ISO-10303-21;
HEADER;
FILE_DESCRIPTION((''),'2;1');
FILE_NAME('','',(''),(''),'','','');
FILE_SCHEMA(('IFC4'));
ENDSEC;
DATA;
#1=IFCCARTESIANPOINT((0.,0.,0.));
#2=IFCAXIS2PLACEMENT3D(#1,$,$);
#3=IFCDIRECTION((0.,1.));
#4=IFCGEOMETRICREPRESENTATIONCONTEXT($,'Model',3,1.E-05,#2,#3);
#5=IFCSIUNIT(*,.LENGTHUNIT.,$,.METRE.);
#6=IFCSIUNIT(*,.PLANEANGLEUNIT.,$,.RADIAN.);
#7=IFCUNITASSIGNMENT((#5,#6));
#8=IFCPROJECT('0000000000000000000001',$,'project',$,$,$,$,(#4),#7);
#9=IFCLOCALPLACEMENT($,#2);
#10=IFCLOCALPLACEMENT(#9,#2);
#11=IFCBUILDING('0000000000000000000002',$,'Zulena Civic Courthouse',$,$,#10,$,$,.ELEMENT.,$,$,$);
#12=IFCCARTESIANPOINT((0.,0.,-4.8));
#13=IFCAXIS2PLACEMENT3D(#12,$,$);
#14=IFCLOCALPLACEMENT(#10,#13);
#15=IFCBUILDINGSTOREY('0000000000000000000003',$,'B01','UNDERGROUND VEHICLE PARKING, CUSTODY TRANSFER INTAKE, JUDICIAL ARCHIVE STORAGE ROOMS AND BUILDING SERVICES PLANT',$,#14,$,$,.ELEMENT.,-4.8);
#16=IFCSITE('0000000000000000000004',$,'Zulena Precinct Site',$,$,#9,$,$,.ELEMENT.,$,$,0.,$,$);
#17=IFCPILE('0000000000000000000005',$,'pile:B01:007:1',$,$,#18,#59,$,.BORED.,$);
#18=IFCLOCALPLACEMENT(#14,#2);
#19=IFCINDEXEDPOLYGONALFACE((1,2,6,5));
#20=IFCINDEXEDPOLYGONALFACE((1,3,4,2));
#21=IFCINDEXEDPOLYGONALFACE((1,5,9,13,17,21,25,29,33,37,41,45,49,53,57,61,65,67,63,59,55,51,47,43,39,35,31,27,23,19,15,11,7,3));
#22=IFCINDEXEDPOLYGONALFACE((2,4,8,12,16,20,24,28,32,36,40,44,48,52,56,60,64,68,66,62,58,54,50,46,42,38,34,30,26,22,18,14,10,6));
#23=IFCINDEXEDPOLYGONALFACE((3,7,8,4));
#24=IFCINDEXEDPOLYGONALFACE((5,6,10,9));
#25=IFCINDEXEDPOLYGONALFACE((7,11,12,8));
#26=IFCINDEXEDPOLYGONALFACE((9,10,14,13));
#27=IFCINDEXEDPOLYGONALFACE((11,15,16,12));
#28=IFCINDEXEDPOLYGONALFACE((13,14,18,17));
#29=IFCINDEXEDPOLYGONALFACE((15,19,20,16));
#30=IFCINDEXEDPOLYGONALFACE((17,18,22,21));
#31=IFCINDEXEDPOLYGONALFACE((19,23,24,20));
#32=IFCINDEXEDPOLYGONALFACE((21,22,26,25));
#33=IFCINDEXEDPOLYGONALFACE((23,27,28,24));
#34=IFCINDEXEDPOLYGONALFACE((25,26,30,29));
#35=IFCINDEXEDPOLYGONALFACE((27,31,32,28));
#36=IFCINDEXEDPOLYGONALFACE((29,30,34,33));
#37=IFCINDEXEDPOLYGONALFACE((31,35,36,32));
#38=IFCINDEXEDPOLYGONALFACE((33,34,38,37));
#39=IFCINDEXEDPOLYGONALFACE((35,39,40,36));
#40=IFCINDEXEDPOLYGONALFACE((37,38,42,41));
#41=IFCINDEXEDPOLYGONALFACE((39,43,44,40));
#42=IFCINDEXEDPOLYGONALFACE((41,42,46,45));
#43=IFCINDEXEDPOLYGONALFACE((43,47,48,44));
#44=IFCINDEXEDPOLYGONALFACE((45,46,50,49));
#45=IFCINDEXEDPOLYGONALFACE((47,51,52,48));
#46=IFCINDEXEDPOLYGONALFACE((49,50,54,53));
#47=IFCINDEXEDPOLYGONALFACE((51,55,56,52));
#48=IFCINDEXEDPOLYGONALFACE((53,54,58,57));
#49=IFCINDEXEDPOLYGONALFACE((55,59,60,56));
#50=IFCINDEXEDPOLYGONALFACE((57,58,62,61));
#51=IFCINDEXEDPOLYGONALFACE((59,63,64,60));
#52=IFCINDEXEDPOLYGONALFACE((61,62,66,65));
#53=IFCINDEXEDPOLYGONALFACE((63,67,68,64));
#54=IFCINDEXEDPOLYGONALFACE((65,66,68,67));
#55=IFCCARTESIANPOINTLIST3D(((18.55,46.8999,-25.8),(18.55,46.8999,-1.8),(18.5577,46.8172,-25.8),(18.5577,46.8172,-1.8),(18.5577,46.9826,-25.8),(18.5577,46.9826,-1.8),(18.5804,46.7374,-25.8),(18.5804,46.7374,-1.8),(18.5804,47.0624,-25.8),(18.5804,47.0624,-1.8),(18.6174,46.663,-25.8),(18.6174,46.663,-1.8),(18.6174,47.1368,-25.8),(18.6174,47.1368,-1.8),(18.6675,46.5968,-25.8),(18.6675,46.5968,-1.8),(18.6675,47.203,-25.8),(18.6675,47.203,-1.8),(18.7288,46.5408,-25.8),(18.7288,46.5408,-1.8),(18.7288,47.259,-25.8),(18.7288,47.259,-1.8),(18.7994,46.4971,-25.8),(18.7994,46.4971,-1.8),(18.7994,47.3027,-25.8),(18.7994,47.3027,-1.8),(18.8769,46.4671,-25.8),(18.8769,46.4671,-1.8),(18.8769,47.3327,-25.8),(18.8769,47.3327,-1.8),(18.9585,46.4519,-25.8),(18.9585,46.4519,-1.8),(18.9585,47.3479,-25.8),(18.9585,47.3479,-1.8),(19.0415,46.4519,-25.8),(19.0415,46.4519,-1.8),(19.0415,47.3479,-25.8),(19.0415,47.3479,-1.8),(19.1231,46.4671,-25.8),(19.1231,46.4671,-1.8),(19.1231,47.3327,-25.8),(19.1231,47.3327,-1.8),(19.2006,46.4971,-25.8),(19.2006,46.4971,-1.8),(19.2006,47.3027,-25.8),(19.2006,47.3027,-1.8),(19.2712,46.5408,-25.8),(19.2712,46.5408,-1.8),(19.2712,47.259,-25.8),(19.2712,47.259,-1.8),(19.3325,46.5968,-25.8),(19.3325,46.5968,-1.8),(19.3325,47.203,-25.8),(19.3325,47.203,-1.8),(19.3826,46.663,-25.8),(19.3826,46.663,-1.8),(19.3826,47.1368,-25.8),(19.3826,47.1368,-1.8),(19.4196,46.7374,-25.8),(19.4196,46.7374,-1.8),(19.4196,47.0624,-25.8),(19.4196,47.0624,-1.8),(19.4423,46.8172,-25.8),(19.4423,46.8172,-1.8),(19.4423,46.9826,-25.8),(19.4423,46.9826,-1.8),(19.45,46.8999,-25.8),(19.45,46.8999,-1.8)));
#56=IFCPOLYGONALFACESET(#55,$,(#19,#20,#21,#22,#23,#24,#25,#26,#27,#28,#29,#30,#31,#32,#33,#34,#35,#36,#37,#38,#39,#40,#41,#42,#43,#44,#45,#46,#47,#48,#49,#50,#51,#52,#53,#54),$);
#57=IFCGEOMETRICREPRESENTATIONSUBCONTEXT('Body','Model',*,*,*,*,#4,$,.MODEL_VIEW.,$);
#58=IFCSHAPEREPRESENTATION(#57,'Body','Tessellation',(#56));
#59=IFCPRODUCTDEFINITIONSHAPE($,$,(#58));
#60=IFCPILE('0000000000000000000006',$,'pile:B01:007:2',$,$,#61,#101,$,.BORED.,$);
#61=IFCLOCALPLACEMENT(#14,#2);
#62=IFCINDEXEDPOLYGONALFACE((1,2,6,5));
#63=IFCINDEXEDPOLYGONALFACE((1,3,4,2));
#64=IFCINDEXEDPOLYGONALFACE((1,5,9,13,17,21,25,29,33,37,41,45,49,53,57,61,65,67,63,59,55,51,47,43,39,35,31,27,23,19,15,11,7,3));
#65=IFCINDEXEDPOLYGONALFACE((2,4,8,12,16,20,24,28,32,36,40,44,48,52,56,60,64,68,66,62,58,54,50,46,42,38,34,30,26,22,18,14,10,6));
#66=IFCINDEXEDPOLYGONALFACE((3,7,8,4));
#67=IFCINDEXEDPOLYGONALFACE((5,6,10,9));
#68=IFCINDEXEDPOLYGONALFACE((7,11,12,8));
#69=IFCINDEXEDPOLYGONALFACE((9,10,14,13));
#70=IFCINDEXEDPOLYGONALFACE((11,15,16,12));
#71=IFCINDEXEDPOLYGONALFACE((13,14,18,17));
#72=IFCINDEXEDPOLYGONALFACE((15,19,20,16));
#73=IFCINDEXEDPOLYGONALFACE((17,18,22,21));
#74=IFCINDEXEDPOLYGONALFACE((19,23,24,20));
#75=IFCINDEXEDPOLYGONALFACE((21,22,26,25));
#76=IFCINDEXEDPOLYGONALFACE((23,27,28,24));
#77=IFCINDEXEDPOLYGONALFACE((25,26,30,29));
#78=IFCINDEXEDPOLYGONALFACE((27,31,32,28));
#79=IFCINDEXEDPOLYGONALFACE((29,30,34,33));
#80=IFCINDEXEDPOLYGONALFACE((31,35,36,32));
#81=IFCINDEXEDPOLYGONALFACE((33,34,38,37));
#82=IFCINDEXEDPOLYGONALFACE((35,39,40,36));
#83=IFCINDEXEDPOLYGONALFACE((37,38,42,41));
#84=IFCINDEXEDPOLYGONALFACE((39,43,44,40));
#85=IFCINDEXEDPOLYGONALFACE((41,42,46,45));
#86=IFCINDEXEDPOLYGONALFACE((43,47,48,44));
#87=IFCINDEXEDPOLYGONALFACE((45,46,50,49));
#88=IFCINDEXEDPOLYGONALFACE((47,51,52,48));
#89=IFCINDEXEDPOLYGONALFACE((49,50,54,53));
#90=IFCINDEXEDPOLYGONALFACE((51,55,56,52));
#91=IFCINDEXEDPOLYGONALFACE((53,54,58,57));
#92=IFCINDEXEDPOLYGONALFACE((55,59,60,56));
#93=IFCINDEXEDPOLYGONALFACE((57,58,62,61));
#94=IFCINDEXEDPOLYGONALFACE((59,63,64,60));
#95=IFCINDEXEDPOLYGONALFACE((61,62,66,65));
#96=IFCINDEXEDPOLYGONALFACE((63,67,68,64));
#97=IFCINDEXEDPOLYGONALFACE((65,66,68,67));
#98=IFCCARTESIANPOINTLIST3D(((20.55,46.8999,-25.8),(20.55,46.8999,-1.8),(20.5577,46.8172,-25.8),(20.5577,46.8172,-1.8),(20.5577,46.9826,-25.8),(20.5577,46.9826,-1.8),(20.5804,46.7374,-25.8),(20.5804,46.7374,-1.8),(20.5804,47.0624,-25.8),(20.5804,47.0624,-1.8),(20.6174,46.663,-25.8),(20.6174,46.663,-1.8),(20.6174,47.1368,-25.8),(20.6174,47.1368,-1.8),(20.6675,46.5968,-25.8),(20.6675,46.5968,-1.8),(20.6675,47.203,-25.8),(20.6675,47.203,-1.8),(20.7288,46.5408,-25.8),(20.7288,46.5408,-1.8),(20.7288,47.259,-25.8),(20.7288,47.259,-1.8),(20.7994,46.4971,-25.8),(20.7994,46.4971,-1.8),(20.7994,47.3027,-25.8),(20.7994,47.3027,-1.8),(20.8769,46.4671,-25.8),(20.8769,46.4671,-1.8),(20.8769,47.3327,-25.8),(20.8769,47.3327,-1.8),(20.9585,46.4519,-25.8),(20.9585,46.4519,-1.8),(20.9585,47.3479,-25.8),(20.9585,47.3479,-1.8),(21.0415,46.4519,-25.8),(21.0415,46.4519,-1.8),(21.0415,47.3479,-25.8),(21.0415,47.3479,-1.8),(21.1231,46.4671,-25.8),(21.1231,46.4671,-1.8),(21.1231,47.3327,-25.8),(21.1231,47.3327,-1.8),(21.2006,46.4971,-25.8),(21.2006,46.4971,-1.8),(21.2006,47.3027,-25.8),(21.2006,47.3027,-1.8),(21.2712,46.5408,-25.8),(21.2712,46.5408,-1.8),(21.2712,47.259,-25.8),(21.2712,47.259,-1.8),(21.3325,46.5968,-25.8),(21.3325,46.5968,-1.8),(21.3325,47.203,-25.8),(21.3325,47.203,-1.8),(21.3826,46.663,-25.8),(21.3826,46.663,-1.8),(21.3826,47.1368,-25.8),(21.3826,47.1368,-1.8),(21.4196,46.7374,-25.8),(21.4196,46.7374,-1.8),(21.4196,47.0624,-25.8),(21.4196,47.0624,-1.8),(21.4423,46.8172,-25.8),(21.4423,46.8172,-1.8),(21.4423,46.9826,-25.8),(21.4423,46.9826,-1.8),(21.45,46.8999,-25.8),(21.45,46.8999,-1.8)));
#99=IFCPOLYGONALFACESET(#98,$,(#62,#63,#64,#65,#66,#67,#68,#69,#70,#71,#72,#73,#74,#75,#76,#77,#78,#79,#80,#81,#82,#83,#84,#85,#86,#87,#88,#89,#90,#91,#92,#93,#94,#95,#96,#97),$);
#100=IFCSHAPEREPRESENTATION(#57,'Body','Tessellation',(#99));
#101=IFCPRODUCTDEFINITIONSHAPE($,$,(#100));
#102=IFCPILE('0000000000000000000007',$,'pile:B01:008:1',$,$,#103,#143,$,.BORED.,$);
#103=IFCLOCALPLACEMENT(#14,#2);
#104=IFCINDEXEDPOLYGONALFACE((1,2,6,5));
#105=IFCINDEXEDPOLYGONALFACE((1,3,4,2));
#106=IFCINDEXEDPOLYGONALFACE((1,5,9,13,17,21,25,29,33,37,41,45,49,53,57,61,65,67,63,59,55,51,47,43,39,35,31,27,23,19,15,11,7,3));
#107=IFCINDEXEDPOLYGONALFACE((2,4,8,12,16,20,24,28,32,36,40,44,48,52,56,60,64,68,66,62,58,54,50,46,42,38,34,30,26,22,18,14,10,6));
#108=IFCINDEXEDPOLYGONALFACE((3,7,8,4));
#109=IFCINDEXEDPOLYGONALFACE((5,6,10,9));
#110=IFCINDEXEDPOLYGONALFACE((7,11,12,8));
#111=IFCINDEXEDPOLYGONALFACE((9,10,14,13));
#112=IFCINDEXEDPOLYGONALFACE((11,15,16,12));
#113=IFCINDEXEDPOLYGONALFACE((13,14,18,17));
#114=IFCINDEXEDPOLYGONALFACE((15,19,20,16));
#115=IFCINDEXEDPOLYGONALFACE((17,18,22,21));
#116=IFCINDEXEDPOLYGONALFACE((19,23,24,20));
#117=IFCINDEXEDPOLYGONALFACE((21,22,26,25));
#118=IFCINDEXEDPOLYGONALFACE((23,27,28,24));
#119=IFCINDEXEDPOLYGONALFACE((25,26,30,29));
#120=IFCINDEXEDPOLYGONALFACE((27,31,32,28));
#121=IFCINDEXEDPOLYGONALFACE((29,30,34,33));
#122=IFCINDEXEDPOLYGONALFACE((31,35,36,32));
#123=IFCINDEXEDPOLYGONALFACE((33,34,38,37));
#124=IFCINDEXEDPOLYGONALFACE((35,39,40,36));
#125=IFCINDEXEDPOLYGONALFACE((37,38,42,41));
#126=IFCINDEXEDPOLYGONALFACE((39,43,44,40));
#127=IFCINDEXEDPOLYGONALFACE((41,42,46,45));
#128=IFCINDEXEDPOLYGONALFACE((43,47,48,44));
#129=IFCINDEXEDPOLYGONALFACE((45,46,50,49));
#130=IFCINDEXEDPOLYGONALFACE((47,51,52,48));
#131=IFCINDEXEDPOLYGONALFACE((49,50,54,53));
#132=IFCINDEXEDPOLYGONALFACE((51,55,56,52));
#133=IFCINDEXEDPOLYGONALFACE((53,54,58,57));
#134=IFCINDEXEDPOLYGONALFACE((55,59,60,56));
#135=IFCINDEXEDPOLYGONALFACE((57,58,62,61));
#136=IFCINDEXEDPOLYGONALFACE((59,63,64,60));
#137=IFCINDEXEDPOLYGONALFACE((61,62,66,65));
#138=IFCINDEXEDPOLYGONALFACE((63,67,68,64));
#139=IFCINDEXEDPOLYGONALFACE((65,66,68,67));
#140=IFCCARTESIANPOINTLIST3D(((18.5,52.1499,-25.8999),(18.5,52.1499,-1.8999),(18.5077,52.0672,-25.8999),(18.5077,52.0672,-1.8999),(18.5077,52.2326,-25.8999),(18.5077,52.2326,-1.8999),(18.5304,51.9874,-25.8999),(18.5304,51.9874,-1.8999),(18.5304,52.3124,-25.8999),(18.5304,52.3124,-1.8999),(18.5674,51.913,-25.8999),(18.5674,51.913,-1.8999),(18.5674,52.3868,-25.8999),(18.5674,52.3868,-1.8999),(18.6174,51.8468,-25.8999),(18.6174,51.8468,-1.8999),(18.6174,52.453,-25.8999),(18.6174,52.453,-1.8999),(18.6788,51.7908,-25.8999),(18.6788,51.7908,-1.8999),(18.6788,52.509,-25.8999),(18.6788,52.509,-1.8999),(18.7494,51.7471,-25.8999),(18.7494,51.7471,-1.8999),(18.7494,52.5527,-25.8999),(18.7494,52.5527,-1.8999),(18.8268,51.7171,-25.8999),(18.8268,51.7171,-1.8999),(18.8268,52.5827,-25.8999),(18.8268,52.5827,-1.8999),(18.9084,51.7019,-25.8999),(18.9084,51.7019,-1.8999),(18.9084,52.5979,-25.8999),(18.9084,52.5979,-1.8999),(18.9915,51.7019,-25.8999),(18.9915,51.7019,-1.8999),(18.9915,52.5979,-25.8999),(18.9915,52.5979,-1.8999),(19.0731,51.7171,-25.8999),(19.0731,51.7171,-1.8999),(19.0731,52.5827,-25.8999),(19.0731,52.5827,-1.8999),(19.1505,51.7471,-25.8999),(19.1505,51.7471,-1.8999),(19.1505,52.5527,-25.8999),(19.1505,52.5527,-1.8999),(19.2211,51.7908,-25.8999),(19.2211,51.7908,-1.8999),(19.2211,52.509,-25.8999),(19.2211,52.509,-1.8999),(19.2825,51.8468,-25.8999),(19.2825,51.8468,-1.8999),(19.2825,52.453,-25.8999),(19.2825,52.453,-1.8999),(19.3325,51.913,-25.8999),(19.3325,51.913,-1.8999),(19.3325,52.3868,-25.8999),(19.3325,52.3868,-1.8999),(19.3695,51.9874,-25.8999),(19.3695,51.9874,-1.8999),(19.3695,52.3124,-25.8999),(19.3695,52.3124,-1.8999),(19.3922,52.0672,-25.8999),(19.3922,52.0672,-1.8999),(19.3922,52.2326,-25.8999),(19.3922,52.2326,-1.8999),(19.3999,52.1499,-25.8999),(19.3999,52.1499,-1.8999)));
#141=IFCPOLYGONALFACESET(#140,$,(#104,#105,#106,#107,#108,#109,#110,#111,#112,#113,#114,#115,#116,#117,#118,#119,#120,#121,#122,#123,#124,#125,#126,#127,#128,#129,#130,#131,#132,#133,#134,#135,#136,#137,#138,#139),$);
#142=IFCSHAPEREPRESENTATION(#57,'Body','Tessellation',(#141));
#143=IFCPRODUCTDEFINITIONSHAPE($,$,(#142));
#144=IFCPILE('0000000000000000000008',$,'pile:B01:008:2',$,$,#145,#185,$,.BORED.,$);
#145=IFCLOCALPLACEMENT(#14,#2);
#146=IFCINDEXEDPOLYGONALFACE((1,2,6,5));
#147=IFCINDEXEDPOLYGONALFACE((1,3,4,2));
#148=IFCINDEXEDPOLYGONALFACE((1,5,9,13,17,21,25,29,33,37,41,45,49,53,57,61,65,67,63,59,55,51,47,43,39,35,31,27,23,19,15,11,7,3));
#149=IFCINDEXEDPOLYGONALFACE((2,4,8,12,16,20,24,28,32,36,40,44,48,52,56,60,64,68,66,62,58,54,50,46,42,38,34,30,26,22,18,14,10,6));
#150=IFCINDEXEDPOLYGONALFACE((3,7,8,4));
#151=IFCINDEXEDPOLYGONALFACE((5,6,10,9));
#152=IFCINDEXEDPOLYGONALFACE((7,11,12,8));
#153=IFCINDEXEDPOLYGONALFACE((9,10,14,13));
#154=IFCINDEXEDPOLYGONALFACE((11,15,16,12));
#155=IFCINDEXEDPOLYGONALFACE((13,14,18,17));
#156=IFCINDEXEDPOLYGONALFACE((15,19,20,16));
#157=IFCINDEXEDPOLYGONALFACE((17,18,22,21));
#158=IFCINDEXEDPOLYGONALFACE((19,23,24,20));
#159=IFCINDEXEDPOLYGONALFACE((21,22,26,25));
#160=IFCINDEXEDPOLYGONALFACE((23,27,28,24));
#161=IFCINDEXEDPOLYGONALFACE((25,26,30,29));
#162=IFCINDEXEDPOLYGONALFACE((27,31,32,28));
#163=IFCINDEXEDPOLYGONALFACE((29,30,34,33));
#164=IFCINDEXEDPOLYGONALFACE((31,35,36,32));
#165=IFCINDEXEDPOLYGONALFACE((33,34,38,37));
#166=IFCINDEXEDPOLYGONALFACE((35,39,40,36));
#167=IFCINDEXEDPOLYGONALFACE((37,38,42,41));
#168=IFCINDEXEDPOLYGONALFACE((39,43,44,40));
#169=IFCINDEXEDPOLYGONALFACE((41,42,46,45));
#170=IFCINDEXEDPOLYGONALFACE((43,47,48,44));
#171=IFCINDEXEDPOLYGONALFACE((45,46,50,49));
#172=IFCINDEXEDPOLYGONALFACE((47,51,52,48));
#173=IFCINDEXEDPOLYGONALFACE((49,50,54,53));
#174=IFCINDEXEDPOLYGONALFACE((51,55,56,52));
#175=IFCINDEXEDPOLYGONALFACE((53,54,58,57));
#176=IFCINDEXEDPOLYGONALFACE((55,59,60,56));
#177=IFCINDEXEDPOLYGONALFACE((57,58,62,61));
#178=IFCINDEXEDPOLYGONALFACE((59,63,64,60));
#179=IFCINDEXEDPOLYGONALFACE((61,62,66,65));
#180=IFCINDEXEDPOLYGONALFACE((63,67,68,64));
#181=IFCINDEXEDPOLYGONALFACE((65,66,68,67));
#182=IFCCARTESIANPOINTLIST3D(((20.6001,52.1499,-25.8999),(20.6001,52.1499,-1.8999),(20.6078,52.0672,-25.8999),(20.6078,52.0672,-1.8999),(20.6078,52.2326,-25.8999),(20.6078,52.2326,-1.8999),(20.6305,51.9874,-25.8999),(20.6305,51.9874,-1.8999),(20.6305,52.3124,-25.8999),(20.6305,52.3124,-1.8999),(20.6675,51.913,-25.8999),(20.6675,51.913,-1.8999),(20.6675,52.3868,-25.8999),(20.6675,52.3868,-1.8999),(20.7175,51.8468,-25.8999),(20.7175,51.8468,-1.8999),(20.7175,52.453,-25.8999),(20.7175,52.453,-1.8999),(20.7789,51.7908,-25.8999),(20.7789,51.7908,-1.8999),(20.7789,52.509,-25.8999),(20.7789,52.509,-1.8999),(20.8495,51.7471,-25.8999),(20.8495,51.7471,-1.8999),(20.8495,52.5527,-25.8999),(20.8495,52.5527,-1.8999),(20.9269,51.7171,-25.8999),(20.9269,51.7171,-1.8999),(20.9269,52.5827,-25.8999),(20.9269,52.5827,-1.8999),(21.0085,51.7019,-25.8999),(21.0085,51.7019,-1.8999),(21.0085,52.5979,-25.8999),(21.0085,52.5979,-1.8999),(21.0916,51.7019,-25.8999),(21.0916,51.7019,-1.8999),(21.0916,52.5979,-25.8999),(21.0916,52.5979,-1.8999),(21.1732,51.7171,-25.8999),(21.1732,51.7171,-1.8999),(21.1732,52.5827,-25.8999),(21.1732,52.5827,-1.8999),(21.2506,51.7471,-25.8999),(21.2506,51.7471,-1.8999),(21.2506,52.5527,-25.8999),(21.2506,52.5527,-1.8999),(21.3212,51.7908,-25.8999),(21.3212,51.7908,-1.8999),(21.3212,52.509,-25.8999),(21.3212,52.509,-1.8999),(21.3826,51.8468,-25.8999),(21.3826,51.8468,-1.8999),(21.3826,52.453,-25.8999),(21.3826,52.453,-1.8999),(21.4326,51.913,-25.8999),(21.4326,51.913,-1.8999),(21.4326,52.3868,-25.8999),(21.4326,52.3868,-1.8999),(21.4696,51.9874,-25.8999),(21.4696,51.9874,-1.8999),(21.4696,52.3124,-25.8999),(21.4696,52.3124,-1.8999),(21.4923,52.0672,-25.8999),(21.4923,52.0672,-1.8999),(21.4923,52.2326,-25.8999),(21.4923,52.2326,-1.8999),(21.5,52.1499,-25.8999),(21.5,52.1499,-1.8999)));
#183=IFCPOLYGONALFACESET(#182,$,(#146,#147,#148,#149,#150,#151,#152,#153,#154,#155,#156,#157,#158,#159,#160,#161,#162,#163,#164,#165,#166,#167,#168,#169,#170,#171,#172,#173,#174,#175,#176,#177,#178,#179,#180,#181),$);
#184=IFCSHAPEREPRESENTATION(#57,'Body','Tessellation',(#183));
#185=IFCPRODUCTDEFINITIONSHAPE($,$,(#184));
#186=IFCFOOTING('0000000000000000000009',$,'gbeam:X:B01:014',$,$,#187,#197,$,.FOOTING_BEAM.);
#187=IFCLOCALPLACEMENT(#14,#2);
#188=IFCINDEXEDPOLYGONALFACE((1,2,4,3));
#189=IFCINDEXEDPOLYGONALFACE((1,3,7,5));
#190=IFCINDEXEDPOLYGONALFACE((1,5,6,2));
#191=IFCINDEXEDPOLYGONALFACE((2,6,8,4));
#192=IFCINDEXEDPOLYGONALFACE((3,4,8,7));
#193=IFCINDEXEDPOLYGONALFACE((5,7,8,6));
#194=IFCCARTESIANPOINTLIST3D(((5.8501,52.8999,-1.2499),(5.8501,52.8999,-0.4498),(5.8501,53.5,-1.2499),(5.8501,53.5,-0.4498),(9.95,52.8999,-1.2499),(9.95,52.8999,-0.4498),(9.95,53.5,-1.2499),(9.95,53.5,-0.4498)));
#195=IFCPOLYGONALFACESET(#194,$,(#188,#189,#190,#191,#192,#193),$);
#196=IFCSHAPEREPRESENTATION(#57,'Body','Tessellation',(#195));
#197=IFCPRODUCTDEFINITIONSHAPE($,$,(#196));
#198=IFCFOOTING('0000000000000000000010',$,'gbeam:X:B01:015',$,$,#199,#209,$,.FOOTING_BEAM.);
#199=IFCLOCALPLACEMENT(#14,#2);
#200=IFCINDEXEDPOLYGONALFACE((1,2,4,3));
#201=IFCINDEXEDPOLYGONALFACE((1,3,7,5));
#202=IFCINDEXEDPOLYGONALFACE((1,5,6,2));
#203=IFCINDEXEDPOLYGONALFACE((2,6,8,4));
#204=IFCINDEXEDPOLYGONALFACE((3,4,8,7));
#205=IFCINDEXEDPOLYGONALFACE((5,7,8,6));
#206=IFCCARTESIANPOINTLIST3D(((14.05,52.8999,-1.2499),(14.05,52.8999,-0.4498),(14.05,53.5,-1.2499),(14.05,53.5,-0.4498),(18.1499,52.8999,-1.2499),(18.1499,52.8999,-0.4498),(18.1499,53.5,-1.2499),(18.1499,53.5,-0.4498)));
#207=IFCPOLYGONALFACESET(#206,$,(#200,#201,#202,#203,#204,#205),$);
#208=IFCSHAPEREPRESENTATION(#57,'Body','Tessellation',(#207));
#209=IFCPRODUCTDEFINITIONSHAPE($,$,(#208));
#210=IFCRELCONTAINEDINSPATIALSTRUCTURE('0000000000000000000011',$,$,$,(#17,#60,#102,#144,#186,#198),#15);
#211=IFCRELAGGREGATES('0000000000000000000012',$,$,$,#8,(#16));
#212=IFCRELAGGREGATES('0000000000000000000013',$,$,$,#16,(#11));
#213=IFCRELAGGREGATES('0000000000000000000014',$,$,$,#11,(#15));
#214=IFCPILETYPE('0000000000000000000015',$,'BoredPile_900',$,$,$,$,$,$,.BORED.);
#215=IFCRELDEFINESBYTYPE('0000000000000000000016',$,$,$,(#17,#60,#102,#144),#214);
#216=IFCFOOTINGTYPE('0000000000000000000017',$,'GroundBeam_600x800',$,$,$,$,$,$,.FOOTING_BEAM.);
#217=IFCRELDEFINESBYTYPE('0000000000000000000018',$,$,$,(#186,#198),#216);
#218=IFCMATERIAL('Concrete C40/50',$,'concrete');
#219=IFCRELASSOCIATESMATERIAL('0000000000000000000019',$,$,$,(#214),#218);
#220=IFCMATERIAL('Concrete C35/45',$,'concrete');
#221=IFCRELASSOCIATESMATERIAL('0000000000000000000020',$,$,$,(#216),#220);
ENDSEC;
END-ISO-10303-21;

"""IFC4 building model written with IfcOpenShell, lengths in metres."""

from ifc_helpers import new_model, si_unit, direction, frame, origin, origin_2d, place, context, subcontext, project, spatial, rectangle, circle, extrude, material, material_profile, profile_set, type_object, element, save


model = new_model("IFC4")

# Units and contexts
model_context = context("Model", 3, precision=1e-05, world=origin(), true_north=direction((0.0, 1.0)))
body_context = subcontext(model_context, "Body", "Model", "MODEL_VIEW")
ifc_project = project(units=[si_unit("LENGTHUNIT", "METRE"), si_unit("PLANEANGLEUNIT", "RADIAN")], contexts=[model_context])

# Site, building, storey
site_placement = place(None, origin())
site = spatial("IfcSite", under=ifc_project, at=site_placement, Name="Zulena Precinct Site", CompositionType="ELEMENT", RefElevation=0.0)
building_placement = place(site_placement, origin())
building = spatial("IfcBuilding", under=site, at=building_placement, Name="Zulena Civic Courthouse", CompositionType="ELEMENT")
storey_placement = place(building_placement, frame((0.0, 0.0, -4.8)))
storey = spatial("IfcBuildingStorey", under=building, at=storey_placement, Name="B01", Description="UNDERGROUND VEHICLE PARKING, CUSTODY TRANSFER INTAKE, JUDICIAL ARCHIVE STORAGE ROOMS AND BUILDING SERVICES PLANT", CompositionType="ELEMENT", Elevation=-4.8)

# Piles
ifc_material_1 = material(Name="Concrete C40/50", Category="concrete")
ifc_material_profile_1 = material_profile(ifc_material_1, circle(Radius=0.45, at=origin_2d()), Name="PILE900")
ifc_profile_set_1 = profile_set([ifc_material_profile_1], Name="Concrete C40/50")
pile_type_1 = type_object("IfcPileType", Name="BoredPile_900", PredefinedType="BORED", material=ifc_profile_set_1)
for number, where, z_axis, x_axis, name in (
    (1, (19.0, 46.8999, -1.8), (0.0, 0.0, -1.0), (1.0, 0.0, 0.0), "pile:B01:007:1"),
    (2, (21.0, 46.8999, -1.8), (0.0, 0.0, -1.0), (1.0, 0.0, 0.0), "pile:B01:007:2"),
    (3, (18.95, 52.1499, -1.8999), (0.0, 0.0, -1.0), (1.0, 0.0, 0.0), "pile:B01:008:1"),
    (4, (21.05, 52.1499, -1.8999), (0.0, 0.0, -1.0), (1.0, 0.0, 0.0), "pile:B01:008:2"),
):
    element("IfcPile", number, at=place(storey_placement, frame(where, z_axis=z_axis, x_axis=x_axis)), inside=storey, type_object=pile_type_1, Name=name, PredefinedType="BORED", context=body_context, shape_type="SweptSolid", body=[
        extrude(circle(Radius=0.45, at=origin_2d()), origin(), (0.0, 0.0, 1.0), 24.0),
    ])

# Footings
ifc_material_2 = material(Name="Concrete C35/45", Category="concrete")
ifc_material_profile_2 = material_profile(ifc_material_2, rectangle(XDim=0.6001, YDim=0.8, at=origin_2d()), Name="RC600X800")
ifc_profile_set_2 = profile_set([ifc_material_profile_2], Name="Concrete C35/45")
footing_type_1 = type_object("IfcFootingType", Name="GroundBeam_600x800", PredefinedType="FOOTING_BEAM", material=ifc_profile_set_2)
for number, where, z_axis, x_axis, name in (
    (5, (5.8501, 53.2, -0.8499), (1.0, 0.0, 0.0), (0.0, 1.0, 0.0), "gbeam:X:B01:014"),
    (6, (14.05, 53.2, -0.8499), (1.0, 0.0, 0.0), (0.0, 1.0, 0.0), "gbeam:X:B01:015"),
):
    element("IfcFooting", number, at=place(storey_placement, frame(where, z_axis=z_axis, x_axis=x_axis)), inside=storey, type_object=footing_type_1, Name=name, PredefinedType="FOOTING_BEAM", context=body_context, shape_type="SweptSolid", body=[
        extrude(rectangle(XDim=0.6001, YDim=0.8, at=origin_2d()), origin(), (0.0, 0.0, 1.0), 4.0999),
    ])

save(model, "model.ifc")
